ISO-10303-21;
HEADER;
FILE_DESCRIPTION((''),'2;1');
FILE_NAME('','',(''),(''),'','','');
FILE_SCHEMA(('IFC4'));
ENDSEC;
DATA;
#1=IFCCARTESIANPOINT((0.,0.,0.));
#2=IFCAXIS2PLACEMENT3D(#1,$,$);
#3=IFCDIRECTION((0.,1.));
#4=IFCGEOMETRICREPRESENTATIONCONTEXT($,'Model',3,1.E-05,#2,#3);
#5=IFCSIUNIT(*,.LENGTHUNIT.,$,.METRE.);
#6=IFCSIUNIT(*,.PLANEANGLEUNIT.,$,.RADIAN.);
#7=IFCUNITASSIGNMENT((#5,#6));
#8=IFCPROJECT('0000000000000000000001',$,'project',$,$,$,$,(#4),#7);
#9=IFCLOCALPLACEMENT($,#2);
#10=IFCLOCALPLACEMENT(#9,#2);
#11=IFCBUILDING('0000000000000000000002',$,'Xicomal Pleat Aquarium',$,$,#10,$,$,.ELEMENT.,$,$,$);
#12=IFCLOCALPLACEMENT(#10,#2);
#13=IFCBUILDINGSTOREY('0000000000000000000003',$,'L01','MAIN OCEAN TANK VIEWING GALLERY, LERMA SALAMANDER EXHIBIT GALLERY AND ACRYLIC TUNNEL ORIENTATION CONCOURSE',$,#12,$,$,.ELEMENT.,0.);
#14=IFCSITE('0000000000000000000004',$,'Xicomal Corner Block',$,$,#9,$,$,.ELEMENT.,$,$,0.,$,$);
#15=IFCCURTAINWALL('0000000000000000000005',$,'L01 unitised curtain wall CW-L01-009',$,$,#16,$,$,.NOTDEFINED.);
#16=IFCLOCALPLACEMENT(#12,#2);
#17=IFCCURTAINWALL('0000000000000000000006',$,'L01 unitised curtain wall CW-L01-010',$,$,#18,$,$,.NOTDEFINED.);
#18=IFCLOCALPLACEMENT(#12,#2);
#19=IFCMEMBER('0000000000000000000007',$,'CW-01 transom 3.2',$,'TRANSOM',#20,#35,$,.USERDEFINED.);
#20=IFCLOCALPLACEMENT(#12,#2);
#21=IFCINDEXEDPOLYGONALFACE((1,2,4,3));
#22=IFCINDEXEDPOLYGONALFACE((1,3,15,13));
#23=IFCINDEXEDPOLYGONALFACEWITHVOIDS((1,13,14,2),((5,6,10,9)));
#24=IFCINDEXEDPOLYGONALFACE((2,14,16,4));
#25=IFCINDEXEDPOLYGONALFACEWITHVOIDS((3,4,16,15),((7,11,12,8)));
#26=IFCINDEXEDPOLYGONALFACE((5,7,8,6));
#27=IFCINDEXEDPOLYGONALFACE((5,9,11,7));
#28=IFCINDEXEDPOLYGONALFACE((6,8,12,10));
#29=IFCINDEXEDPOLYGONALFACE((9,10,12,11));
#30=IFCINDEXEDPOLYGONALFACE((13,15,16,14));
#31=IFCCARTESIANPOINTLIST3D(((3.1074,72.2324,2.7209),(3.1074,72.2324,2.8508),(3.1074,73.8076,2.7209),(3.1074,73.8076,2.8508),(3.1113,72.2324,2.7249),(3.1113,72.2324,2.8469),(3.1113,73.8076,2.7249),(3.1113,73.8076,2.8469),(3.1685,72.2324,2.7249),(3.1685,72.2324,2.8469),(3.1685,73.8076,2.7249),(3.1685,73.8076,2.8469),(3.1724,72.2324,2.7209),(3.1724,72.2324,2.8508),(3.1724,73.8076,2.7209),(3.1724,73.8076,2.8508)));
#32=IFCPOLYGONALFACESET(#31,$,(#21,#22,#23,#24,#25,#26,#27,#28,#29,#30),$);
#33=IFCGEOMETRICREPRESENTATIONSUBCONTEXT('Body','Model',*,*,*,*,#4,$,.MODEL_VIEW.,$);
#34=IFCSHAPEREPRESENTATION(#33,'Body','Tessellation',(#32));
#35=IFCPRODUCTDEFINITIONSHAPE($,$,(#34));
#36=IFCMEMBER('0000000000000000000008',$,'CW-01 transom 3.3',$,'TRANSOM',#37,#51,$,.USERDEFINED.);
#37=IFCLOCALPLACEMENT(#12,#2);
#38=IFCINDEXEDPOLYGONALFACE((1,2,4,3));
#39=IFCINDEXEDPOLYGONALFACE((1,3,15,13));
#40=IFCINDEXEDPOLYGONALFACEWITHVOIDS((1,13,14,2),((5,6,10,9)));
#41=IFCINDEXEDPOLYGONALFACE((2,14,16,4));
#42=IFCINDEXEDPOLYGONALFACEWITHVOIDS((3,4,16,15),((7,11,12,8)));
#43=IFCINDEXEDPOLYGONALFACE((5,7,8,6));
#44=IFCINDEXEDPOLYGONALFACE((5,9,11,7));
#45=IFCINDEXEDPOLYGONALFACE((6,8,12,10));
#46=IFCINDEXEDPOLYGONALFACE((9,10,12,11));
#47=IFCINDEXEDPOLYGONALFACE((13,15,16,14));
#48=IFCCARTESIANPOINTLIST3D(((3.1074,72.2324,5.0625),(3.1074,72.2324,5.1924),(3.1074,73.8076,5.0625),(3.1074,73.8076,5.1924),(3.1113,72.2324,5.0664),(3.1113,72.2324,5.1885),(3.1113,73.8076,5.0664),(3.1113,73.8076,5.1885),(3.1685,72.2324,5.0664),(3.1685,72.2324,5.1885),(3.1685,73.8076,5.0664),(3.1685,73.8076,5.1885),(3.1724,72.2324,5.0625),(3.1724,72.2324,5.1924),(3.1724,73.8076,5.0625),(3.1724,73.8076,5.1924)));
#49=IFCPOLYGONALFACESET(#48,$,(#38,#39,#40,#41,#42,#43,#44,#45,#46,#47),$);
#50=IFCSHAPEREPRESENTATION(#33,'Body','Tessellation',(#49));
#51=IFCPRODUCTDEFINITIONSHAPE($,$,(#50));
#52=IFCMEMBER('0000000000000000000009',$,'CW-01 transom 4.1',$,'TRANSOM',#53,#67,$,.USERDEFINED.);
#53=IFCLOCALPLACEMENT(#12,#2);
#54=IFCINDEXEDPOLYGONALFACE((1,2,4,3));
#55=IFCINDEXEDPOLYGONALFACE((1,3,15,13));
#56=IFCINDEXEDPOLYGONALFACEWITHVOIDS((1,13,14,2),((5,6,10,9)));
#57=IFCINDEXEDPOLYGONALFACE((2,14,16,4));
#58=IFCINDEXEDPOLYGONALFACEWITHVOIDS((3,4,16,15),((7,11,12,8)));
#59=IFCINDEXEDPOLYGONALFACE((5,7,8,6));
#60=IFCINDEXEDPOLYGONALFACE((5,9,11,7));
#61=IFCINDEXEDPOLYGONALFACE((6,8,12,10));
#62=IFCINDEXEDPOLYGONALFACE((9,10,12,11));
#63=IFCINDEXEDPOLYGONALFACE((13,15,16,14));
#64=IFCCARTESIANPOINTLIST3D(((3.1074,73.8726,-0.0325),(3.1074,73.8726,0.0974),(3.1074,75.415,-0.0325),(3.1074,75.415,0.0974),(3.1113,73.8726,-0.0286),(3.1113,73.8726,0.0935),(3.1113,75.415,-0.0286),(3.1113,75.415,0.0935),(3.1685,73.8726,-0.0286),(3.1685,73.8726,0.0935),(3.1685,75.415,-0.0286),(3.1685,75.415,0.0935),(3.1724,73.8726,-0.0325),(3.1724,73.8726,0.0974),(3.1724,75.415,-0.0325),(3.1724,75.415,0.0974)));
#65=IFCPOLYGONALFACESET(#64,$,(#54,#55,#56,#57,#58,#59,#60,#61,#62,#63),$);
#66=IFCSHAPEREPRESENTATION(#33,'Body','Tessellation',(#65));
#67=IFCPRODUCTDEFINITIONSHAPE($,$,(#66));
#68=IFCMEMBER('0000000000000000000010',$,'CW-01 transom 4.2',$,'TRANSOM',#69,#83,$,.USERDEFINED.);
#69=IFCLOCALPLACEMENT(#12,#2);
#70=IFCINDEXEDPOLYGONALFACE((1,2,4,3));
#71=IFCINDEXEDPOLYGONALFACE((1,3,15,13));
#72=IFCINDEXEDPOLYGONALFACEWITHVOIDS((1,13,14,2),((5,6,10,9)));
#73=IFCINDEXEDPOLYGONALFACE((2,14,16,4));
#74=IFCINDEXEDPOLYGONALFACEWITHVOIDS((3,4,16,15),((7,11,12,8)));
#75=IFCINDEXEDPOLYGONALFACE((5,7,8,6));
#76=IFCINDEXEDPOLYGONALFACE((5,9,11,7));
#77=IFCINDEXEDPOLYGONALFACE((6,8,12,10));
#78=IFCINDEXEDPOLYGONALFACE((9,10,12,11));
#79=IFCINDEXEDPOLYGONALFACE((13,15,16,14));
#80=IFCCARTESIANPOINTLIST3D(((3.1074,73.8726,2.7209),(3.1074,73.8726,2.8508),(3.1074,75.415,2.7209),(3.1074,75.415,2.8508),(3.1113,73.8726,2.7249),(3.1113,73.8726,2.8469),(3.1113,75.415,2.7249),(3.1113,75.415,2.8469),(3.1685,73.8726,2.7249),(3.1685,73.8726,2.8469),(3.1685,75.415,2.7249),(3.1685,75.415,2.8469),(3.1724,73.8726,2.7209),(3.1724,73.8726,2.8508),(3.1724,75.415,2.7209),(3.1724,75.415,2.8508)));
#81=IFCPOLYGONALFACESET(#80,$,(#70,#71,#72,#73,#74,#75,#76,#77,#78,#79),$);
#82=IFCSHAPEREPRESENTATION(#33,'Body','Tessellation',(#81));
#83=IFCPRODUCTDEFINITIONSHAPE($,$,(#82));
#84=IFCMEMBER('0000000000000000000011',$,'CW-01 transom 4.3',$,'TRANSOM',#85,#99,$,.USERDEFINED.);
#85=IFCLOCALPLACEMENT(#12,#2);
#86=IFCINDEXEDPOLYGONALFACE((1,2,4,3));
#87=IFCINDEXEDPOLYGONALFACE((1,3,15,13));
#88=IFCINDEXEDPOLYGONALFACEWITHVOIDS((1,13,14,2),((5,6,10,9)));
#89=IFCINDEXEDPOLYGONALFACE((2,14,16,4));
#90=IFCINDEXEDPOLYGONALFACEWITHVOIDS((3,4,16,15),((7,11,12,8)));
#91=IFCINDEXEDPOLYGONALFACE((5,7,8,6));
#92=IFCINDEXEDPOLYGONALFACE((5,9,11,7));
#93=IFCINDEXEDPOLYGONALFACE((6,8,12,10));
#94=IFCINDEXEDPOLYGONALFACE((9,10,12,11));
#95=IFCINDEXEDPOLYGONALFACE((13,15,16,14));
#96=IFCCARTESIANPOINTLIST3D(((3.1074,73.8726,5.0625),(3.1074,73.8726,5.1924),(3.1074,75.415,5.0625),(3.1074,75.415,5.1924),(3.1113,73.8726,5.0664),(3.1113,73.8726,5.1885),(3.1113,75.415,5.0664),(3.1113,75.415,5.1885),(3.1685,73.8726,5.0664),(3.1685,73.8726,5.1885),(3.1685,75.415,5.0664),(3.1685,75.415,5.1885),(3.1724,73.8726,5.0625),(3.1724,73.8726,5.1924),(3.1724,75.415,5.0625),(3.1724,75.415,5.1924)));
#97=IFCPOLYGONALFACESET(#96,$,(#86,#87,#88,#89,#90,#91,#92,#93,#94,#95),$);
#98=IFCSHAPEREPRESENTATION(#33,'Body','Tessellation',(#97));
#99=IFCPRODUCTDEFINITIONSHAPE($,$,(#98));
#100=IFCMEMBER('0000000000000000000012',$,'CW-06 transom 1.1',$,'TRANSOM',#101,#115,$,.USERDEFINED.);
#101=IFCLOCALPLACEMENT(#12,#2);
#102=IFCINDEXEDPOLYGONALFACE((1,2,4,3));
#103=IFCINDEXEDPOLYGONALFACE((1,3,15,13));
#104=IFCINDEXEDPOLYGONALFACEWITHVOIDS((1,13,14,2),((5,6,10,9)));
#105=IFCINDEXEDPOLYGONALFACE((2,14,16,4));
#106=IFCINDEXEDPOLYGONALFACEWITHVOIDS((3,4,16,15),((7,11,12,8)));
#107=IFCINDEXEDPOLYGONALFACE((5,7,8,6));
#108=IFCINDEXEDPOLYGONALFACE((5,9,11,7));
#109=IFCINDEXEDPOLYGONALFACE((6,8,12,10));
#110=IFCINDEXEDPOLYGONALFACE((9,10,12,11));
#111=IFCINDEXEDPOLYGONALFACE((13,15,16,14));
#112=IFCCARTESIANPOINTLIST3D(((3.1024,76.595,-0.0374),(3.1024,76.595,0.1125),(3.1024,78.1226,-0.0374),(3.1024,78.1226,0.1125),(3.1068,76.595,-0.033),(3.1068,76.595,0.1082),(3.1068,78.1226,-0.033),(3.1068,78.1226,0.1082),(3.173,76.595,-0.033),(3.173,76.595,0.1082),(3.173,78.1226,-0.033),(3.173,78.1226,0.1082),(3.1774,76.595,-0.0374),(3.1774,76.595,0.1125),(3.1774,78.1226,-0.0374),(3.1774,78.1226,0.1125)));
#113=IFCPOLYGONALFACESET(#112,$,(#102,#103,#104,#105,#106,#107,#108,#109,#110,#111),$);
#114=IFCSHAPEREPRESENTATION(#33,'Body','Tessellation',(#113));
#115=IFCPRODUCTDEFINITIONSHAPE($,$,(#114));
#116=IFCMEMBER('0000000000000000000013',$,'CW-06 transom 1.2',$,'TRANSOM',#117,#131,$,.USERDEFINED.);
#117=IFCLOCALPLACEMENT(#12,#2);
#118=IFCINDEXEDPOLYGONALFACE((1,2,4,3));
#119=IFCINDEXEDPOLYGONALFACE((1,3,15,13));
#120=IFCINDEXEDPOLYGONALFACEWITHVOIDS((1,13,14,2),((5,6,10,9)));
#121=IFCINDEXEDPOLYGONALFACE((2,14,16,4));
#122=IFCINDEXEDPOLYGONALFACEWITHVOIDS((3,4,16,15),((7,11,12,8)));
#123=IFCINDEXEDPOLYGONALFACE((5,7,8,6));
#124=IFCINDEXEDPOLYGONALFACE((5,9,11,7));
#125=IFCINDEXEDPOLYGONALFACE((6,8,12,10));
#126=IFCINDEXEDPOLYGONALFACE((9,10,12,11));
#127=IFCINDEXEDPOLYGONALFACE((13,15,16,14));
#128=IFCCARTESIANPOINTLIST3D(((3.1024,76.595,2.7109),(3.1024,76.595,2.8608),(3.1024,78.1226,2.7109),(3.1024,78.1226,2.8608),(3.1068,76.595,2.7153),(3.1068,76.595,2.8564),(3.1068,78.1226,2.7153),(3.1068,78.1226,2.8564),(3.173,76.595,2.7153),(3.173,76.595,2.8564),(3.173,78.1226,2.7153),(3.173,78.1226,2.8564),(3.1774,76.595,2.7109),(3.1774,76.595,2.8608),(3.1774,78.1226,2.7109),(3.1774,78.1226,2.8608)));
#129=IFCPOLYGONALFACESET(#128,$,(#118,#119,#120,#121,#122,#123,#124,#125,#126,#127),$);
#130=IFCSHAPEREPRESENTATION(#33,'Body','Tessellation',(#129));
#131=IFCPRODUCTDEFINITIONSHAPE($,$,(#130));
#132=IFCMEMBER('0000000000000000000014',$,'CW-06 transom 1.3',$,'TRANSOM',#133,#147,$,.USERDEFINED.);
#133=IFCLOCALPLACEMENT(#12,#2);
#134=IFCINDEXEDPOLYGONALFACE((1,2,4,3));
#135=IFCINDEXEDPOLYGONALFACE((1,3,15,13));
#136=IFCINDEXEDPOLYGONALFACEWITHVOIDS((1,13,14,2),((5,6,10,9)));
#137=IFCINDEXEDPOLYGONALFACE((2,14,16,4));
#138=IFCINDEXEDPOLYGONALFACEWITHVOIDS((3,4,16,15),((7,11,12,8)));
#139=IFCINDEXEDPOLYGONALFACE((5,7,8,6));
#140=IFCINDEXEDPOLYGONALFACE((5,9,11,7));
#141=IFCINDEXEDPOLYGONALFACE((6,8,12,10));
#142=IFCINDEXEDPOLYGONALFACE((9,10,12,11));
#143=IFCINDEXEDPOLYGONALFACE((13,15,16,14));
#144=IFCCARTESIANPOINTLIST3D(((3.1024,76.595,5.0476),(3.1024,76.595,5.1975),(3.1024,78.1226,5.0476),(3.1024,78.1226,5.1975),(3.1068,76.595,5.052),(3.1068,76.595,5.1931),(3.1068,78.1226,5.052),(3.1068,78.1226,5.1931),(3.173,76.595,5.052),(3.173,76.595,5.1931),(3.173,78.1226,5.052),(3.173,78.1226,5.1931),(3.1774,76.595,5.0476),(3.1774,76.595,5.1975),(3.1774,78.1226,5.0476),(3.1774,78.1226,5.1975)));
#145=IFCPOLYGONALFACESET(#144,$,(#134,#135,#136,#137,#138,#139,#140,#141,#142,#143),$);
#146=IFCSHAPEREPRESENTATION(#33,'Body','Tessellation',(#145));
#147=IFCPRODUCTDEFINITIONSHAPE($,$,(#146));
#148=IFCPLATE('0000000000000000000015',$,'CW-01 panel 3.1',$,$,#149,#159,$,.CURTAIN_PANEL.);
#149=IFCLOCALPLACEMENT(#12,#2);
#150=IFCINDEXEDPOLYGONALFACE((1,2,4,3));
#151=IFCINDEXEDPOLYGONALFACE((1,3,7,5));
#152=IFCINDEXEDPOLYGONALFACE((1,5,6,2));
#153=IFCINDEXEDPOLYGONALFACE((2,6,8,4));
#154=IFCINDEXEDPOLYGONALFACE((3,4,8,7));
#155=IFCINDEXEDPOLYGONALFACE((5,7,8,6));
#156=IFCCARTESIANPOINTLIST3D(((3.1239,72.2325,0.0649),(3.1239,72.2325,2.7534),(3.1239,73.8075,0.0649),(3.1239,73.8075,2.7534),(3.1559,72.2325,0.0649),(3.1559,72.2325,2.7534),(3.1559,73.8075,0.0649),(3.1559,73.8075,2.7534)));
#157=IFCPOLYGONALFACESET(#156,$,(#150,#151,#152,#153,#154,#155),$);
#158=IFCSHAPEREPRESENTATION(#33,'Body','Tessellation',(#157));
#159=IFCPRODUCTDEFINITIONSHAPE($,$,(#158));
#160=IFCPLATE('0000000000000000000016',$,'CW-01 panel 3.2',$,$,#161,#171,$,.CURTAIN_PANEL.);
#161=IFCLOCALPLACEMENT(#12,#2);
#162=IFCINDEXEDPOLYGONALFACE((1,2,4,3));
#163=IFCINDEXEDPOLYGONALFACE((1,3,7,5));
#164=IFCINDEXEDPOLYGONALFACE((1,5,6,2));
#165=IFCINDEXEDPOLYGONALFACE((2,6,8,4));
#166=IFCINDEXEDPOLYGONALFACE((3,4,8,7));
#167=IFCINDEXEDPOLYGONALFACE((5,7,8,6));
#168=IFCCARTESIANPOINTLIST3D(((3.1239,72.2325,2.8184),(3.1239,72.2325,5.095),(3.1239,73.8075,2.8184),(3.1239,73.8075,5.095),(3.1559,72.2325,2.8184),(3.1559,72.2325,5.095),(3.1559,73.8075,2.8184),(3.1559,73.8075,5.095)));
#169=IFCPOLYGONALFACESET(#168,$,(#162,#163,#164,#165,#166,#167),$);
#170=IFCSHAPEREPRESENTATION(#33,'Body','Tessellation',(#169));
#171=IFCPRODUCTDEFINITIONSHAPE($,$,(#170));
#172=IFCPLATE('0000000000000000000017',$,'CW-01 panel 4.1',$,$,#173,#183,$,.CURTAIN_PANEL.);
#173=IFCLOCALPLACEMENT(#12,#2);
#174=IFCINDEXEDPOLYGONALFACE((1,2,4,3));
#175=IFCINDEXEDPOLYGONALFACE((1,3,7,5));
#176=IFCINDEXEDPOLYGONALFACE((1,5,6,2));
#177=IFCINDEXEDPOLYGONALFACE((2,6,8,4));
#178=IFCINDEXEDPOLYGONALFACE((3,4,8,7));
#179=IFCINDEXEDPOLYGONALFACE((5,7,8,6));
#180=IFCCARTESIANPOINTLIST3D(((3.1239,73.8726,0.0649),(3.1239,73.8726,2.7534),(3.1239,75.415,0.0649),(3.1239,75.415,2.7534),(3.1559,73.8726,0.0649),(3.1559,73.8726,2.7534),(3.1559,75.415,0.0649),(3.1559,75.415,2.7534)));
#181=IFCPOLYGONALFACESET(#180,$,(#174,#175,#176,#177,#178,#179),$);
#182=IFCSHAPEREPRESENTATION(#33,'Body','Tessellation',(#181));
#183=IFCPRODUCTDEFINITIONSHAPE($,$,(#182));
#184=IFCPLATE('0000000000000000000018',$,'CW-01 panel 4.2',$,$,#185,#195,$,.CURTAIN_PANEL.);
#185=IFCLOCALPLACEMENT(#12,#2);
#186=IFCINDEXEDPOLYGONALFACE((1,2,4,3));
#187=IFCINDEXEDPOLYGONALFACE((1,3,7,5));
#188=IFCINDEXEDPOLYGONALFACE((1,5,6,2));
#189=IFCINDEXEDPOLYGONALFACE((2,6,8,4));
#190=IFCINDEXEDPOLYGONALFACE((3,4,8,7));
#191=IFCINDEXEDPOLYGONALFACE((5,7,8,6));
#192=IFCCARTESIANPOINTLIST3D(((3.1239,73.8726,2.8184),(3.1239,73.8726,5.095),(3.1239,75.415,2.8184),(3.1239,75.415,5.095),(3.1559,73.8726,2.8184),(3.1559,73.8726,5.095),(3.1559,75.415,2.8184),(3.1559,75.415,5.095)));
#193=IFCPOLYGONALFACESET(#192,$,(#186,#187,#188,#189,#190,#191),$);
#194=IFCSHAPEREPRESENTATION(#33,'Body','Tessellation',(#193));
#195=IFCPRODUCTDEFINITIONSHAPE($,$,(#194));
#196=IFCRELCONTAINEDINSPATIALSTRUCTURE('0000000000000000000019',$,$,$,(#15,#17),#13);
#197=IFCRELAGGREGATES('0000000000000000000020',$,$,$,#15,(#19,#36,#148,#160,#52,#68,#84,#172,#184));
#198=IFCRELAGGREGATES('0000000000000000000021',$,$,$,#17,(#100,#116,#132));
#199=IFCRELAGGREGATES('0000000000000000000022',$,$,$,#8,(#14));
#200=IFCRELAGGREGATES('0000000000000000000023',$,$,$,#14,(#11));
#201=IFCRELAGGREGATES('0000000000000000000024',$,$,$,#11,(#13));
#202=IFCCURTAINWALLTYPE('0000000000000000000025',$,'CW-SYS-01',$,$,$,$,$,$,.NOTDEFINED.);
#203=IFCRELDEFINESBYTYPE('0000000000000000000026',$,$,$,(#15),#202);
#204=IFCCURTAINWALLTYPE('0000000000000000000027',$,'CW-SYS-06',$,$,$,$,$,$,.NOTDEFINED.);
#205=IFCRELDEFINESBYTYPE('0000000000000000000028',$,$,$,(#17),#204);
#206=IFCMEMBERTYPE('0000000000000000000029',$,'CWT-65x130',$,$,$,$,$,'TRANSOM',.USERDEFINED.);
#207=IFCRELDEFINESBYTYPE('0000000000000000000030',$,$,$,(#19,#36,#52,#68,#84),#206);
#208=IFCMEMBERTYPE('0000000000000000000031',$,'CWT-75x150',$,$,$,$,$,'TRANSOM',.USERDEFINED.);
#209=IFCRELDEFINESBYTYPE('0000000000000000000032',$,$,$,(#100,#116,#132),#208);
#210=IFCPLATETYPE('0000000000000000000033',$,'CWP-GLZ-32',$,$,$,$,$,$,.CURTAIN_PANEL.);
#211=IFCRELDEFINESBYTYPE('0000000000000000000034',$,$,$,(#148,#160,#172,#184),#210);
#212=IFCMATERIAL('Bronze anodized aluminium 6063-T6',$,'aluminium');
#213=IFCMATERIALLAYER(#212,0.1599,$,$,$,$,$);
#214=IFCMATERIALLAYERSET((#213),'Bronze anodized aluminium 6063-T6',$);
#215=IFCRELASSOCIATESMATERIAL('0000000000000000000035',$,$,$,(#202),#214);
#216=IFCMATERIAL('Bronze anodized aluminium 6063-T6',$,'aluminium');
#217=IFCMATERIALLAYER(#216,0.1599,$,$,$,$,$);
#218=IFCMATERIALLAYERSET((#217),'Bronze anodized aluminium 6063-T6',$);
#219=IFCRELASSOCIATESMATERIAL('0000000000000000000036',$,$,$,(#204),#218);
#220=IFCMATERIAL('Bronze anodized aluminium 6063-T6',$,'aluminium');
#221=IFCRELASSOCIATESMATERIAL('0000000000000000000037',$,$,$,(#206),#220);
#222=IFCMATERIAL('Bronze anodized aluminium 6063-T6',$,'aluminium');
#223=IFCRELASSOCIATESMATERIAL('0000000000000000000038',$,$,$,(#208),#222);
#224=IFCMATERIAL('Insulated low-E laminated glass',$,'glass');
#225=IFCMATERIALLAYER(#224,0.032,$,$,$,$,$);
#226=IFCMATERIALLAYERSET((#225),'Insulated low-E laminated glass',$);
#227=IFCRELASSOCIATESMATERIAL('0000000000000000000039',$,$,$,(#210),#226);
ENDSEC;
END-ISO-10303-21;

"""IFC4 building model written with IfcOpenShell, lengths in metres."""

from ifc_helpers import new_model, si_unit, direction, frame, origin, origin_2d, place, context, subcontext, project, spatial, rectangle, hollow_rectangle, extrude, material, layer, layer_set, material_profile, profile_set, type_object, element, aggregate, save


model = new_model("IFC4")

# Units and contexts
model_context = context("Model", 3, precision=1e-05, world=origin(), true_north=direction((0.0, 1.0)))
body_context = subcontext(model_context, "Body", "Model", "MODEL_VIEW")
ifc_project = project(units=[si_unit("LENGTHUNIT", "METRE"), si_unit("PLANEANGLEUNIT", "RADIAN")], contexts=[model_context])

# Site, building, storey
site_placement = place(None, origin())
site = spatial("IfcSite", under=ifc_project, at=site_placement, Name="Xicomal Corner Block", CompositionType="ELEMENT", RefElevation=0.0)
building_placement = place(site_placement, origin())
building = spatial("IfcBuilding", under=site, at=building_placement, Name="Xicomal Pleat Aquarium", CompositionType="ELEMENT")
storey_placement = place(building_placement, origin())
storey = spatial("IfcBuildingStorey", under=building, at=storey_placement, Name="L01", Description="MAIN OCEAN TANK VIEWING GALLERY, LERMA SALAMANDER EXHIBIT GALLERY AND ACRYLIC TUNNEL ORIENTATION CONCOURSE", CompositionType="ELEMENT", Elevation=0.0)

# Curtain wall
ifc_material_1 = material(Name="Bronze anodized aluminium 6063-T6", Category="aluminium")
ifc_layer_1 = layer(ifc_material_1, 0.1599)
ifc_layer_set_1 = layer_set([ifc_layer_1], Name="Bronze anodized aluminium 6063-T6")
curtain_wall_type_1 = type_object("IfcCurtainWallType", Name="CW-SYS-01", PredefinedType="NOTDEFINED", material=ifc_layer_set_1)
curtain_wall_1_placement = place(storey_placement, origin())
curtain_wall_1 = element("IfcCurtainWall", 1, at=curtain_wall_1_placement, inside=storey, type_object=curtain_wall_type_1, Name="L01 unitised curtain wall CW-L01-009", PredefinedType="NOTDEFINED")

# Curtain wall
ifc_material_2 = material(Name="Bronze anodized aluminium 6063-T6", Category="aluminium")
ifc_layer_2 = layer(ifc_material_2, 0.1599)
ifc_layer_set_2 = layer_set([ifc_layer_2], Name="Bronze anodized aluminium 6063-T6")
curtain_wall_type_2 = type_object("IfcCurtainWallType", Name="CW-SYS-06", PredefinedType="NOTDEFINED", material=ifc_layer_set_2)
curtain_wall_2_placement = place(storey_placement, origin())
curtain_wall_2 = element("IfcCurtainWall", 2, at=curtain_wall_2_placement, inside=storey, type_object=curtain_wall_type_2, Name="L01 unitised curtain wall CW-L01-010", PredefinedType="NOTDEFINED")

# Members
ifc_material_3 = material(Name="Bronze anodized aluminium 6063-T6", Category="aluminium")
ifc_material_profile_1 = material_profile(ifc_material_3, hollow_rectangle(XDim=0.0649, YDim=0.1299, WallThickness=0.0039, at=origin_2d()), Name="ALU TRAN 65x130")
ifc_profile_set_1 = profile_set([ifc_material_profile_1], Name="Bronze anodized aluminium 6063-T6")
member_type_1 = type_object("IfcMemberType", Name="CWT-65x130", ElementType="TRANSOM", PredefinedType="USERDEFINED", material=ifc_profile_set_1)
member_1_placement = place(storey_placement, frame((3.1399, 72.2324, 2.7859), z_axis=(0.0, 1.0, 0.0), x_axis=(-1.0, 0.0, 0.0)))
member_1 = element("IfcMember", 3, at=member_1_placement, type_object=member_type_1, Name="CW-01 transom 3.2", ObjectType="TRANSOM", PredefinedType="USERDEFINED", context=body_context, shape_type="SweptSolid", body=[
    extrude(hollow_rectangle(XDim=0.0649, YDim=0.1299, WallThickness=0.0039, at=origin_2d()), origin(), (0.0, 0.0, 1.0), 1.5752),
])
member_2_placement = place(storey_placement, frame((3.1399, 72.2324, 5.1274), z_axis=(0.0, 1.0, 0.0), x_axis=(-1.0, 0.0, 0.0)))
member_2 = element("IfcMember", 4, at=member_2_placement, type_object=member_type_1, Name="CW-01 transom 3.3", ObjectType="TRANSOM", PredefinedType="USERDEFINED", context=body_context, shape_type="SweptSolid", body=[
    extrude(hollow_rectangle(XDim=0.0649, YDim=0.1299, WallThickness=0.0039, at=origin_2d()), origin(), (0.0, 0.0, 1.0), 1.5752),
])
member_3_placement = place(storey_placement, frame((3.1399, 73.8726, 0.0325), z_axis=(0.0, 1.0, 0.0), x_axis=(-1.0, 0.0, 0.0)))
member_3 = element("IfcMember", 5, at=member_3_placement, type_object=member_type_1, Name="CW-01 transom 4.1", ObjectType="TRANSOM", PredefinedType="USERDEFINED", context=body_context, shape_type="SweptSolid", body=[
    extrude(hollow_rectangle(XDim=0.0649, YDim=0.1299, WallThickness=0.0039, at=origin_2d()), origin(), (0.0, 0.0, 1.0), 1.5425),
])
member_4_placement = place(storey_placement, frame((3.1399, 73.8726, 2.7859), z_axis=(0.0, 1.0, 0.0), x_axis=(-1.0, 0.0, 0.0)))
member_4 = element("IfcMember", 6, at=member_4_placement, type_object=member_type_1, Name="CW-01 transom 4.2", ObjectType="TRANSOM", PredefinedType="USERDEFINED", context=body_context, shape_type="SweptSolid", body=[
    extrude(hollow_rectangle(XDim=0.0649, YDim=0.1299, WallThickness=0.0039, at=origin_2d()), origin(), (0.0, 0.0, 1.0), 1.5425),
])
member_5_placement = place(storey_placement, frame((3.1399, 73.8726, 5.1274), z_axis=(0.0, 1.0, 0.0), x_axis=(-1.0, 0.0, 0.0)))
member_5 = element("IfcMember", 7, at=member_5_placement, type_object=member_type_1, Name="CW-01 transom 4.3", ObjectType="TRANSOM", PredefinedType="USERDEFINED", context=body_context, shape_type="SweptSolid", body=[
    extrude(hollow_rectangle(XDim=0.0649, YDim=0.1299, WallThickness=0.0039, at=origin_2d()), origin(), (0.0, 0.0, 1.0), 1.5425),
])
ifc_material_4 = material(Name="Bronze anodized aluminium 6063-T6", Category="aluminium")
ifc_material_profile_2 = material_profile(ifc_material_4, hollow_rectangle(XDim=0.075, YDim=0.1499, WallThickness=0.0044, at=origin_2d()), Name="ALU TRAN 75x150")
ifc_profile_set_2 = profile_set([ifc_material_profile_2], Name="Bronze anodized aluminium 6063-T6")
member_type_2 = type_object("IfcMemberType", Name="CWT-75x150", ElementType="TRANSOM", PredefinedType="USERDEFINED", material=ifc_profile_set_2)
member_6_placement = place(storey_placement, frame((3.1399, 76.595, 0.0376), z_axis=(0.0, 1.0, 0.0), x_axis=(-1.0, 0.0, 0.0)))
member_6 = element("IfcMember", 8, at=member_6_placement, type_object=member_type_2, Name="CW-06 transom 1.1", ObjectType="TRANSOM", PredefinedType="USERDEFINED", context=body_context, shape_type="SweptSolid", body=[
    extrude(hollow_rectangle(XDim=0.075, YDim=0.1499, WallThickness=0.0044, at=origin_2d()), origin(), (0.0, 0.0, 1.0), 1.5276),
])
member_7_placement = place(storey_placement, frame((3.1399, 76.595, 2.7859), z_axis=(0.0, 1.0, 0.0), x_axis=(-1.0, 0.0, 0.0)))
member_7 = element("IfcMember", 9, at=member_7_placement, type_object=member_type_2, Name="CW-06 transom 1.2", ObjectType="TRANSOM", PredefinedType="USERDEFINED", context=body_context, shape_type="SweptSolid", body=[
    extrude(hollow_rectangle(XDim=0.075, YDim=0.1499, WallThickness=0.0044, at=origin_2d()), origin(), (0.0, 0.0, 1.0), 1.5276),
])
member_8_placement = place(storey_placement, frame((3.1399, 76.595, 5.1226), z_axis=(0.0, 1.0, 0.0), x_axis=(-1.0, 0.0, 0.0)))
member_8 = element("IfcMember", 10, at=member_8_placement, type_object=member_type_2, Name="CW-06 transom 1.3", ObjectType="TRANSOM", PredefinedType="USERDEFINED", context=body_context, shape_type="SweptSolid", body=[
    extrude(hollow_rectangle(XDim=0.075, YDim=0.1499, WallThickness=0.0044, at=origin_2d()), origin(), (0.0, 0.0, 1.0), 1.5276),
])

# Plates
ifc_material_5 = material(Name="Insulated low-E laminated glass", Category="glass")
ifc_layer_3 = layer(ifc_material_5, 0.032)
ifc_layer_set_3 = layer_set([ifc_layer_3], Name="Insulated low-E laminated glass")
plate_type_1 = type_object("IfcPlateType", Name="CWP-GLZ-32", PredefinedType="CURTAIN_PANEL", material=ifc_layer_set_3)
plate_1_placement = place(storey_placement, frame((3.1399, 73.02, 0.0649), z_axis=(0.0, 0.0, 1.0), x_axis=(0.0, 1.0, 0.0)))
plate_1 = element("IfcPlate", 11, at=plate_1_placement, type_object=plate_type_1, Name="CW-01 panel 3.1", PredefinedType="CURTAIN_PANEL", context=body_context, shape_type="SweptSolid", body=[
    extrude(rectangle(XDim=1.575, YDim=0.032, at=origin_2d()), origin(), (0.0, 0.0, 1.0), 2.6885),
])
plate_2_placement = place(storey_placement, frame((3.1399, 73.02, 2.8184), z_axis=(0.0, 0.0, 1.0), x_axis=(0.0, 1.0, 0.0)))
plate_2 = element("IfcPlate", 12, at=plate_2_placement, type_object=plate_type_1, Name="CW-01 panel 3.2", PredefinedType="CURTAIN_PANEL", context=body_context, shape_type="SweptSolid", body=[
    extrude(rectangle(XDim=1.575, YDim=0.032, at=origin_2d()), origin(), (0.0, 0.0, 1.0), 2.2766),
])
plate_3_placement = place(storey_placement, frame((3.1399, 74.6438, 0.0649), z_axis=(0.0, 0.0, 1.0), x_axis=(0.0, 1.0, 0.0)))
plate_3 = element("IfcPlate", 13, at=plate_3_placement, type_object=plate_type_1, Name="CW-01 panel 4.1", PredefinedType="CURTAIN_PANEL", context=body_context, shape_type="SweptSolid", body=[
    extrude(rectangle(XDim=1.5425, YDim=0.032, at=origin_2d()), origin(), (0.0, 0.0, 1.0), 2.6885),
])
plate_4_placement = place(storey_placement, frame((3.1399, 74.6438, 2.8184), z_axis=(0.0, 0.0, 1.0), x_axis=(0.0, 1.0, 0.0)))
plate_4 = element("IfcPlate", 14, at=plate_4_placement, type_object=plate_type_1, Name="CW-01 panel 4.2", PredefinedType="CURTAIN_PANEL", context=body_context, shape_type="SweptSolid", body=[
    extrude(rectangle(XDim=1.5425, YDim=0.032, at=origin_2d()), origin(), (0.0, 0.0, 1.0), 2.2766),
])
aggregate(curtain_wall_1, [member_1, member_2, plate_1, plate_2, member_3, member_4, member_5, plate_3, plate_4])
aggregate(curtain_wall_2, [member_6, member_7, member_8])

save(model, "model.ifc")
